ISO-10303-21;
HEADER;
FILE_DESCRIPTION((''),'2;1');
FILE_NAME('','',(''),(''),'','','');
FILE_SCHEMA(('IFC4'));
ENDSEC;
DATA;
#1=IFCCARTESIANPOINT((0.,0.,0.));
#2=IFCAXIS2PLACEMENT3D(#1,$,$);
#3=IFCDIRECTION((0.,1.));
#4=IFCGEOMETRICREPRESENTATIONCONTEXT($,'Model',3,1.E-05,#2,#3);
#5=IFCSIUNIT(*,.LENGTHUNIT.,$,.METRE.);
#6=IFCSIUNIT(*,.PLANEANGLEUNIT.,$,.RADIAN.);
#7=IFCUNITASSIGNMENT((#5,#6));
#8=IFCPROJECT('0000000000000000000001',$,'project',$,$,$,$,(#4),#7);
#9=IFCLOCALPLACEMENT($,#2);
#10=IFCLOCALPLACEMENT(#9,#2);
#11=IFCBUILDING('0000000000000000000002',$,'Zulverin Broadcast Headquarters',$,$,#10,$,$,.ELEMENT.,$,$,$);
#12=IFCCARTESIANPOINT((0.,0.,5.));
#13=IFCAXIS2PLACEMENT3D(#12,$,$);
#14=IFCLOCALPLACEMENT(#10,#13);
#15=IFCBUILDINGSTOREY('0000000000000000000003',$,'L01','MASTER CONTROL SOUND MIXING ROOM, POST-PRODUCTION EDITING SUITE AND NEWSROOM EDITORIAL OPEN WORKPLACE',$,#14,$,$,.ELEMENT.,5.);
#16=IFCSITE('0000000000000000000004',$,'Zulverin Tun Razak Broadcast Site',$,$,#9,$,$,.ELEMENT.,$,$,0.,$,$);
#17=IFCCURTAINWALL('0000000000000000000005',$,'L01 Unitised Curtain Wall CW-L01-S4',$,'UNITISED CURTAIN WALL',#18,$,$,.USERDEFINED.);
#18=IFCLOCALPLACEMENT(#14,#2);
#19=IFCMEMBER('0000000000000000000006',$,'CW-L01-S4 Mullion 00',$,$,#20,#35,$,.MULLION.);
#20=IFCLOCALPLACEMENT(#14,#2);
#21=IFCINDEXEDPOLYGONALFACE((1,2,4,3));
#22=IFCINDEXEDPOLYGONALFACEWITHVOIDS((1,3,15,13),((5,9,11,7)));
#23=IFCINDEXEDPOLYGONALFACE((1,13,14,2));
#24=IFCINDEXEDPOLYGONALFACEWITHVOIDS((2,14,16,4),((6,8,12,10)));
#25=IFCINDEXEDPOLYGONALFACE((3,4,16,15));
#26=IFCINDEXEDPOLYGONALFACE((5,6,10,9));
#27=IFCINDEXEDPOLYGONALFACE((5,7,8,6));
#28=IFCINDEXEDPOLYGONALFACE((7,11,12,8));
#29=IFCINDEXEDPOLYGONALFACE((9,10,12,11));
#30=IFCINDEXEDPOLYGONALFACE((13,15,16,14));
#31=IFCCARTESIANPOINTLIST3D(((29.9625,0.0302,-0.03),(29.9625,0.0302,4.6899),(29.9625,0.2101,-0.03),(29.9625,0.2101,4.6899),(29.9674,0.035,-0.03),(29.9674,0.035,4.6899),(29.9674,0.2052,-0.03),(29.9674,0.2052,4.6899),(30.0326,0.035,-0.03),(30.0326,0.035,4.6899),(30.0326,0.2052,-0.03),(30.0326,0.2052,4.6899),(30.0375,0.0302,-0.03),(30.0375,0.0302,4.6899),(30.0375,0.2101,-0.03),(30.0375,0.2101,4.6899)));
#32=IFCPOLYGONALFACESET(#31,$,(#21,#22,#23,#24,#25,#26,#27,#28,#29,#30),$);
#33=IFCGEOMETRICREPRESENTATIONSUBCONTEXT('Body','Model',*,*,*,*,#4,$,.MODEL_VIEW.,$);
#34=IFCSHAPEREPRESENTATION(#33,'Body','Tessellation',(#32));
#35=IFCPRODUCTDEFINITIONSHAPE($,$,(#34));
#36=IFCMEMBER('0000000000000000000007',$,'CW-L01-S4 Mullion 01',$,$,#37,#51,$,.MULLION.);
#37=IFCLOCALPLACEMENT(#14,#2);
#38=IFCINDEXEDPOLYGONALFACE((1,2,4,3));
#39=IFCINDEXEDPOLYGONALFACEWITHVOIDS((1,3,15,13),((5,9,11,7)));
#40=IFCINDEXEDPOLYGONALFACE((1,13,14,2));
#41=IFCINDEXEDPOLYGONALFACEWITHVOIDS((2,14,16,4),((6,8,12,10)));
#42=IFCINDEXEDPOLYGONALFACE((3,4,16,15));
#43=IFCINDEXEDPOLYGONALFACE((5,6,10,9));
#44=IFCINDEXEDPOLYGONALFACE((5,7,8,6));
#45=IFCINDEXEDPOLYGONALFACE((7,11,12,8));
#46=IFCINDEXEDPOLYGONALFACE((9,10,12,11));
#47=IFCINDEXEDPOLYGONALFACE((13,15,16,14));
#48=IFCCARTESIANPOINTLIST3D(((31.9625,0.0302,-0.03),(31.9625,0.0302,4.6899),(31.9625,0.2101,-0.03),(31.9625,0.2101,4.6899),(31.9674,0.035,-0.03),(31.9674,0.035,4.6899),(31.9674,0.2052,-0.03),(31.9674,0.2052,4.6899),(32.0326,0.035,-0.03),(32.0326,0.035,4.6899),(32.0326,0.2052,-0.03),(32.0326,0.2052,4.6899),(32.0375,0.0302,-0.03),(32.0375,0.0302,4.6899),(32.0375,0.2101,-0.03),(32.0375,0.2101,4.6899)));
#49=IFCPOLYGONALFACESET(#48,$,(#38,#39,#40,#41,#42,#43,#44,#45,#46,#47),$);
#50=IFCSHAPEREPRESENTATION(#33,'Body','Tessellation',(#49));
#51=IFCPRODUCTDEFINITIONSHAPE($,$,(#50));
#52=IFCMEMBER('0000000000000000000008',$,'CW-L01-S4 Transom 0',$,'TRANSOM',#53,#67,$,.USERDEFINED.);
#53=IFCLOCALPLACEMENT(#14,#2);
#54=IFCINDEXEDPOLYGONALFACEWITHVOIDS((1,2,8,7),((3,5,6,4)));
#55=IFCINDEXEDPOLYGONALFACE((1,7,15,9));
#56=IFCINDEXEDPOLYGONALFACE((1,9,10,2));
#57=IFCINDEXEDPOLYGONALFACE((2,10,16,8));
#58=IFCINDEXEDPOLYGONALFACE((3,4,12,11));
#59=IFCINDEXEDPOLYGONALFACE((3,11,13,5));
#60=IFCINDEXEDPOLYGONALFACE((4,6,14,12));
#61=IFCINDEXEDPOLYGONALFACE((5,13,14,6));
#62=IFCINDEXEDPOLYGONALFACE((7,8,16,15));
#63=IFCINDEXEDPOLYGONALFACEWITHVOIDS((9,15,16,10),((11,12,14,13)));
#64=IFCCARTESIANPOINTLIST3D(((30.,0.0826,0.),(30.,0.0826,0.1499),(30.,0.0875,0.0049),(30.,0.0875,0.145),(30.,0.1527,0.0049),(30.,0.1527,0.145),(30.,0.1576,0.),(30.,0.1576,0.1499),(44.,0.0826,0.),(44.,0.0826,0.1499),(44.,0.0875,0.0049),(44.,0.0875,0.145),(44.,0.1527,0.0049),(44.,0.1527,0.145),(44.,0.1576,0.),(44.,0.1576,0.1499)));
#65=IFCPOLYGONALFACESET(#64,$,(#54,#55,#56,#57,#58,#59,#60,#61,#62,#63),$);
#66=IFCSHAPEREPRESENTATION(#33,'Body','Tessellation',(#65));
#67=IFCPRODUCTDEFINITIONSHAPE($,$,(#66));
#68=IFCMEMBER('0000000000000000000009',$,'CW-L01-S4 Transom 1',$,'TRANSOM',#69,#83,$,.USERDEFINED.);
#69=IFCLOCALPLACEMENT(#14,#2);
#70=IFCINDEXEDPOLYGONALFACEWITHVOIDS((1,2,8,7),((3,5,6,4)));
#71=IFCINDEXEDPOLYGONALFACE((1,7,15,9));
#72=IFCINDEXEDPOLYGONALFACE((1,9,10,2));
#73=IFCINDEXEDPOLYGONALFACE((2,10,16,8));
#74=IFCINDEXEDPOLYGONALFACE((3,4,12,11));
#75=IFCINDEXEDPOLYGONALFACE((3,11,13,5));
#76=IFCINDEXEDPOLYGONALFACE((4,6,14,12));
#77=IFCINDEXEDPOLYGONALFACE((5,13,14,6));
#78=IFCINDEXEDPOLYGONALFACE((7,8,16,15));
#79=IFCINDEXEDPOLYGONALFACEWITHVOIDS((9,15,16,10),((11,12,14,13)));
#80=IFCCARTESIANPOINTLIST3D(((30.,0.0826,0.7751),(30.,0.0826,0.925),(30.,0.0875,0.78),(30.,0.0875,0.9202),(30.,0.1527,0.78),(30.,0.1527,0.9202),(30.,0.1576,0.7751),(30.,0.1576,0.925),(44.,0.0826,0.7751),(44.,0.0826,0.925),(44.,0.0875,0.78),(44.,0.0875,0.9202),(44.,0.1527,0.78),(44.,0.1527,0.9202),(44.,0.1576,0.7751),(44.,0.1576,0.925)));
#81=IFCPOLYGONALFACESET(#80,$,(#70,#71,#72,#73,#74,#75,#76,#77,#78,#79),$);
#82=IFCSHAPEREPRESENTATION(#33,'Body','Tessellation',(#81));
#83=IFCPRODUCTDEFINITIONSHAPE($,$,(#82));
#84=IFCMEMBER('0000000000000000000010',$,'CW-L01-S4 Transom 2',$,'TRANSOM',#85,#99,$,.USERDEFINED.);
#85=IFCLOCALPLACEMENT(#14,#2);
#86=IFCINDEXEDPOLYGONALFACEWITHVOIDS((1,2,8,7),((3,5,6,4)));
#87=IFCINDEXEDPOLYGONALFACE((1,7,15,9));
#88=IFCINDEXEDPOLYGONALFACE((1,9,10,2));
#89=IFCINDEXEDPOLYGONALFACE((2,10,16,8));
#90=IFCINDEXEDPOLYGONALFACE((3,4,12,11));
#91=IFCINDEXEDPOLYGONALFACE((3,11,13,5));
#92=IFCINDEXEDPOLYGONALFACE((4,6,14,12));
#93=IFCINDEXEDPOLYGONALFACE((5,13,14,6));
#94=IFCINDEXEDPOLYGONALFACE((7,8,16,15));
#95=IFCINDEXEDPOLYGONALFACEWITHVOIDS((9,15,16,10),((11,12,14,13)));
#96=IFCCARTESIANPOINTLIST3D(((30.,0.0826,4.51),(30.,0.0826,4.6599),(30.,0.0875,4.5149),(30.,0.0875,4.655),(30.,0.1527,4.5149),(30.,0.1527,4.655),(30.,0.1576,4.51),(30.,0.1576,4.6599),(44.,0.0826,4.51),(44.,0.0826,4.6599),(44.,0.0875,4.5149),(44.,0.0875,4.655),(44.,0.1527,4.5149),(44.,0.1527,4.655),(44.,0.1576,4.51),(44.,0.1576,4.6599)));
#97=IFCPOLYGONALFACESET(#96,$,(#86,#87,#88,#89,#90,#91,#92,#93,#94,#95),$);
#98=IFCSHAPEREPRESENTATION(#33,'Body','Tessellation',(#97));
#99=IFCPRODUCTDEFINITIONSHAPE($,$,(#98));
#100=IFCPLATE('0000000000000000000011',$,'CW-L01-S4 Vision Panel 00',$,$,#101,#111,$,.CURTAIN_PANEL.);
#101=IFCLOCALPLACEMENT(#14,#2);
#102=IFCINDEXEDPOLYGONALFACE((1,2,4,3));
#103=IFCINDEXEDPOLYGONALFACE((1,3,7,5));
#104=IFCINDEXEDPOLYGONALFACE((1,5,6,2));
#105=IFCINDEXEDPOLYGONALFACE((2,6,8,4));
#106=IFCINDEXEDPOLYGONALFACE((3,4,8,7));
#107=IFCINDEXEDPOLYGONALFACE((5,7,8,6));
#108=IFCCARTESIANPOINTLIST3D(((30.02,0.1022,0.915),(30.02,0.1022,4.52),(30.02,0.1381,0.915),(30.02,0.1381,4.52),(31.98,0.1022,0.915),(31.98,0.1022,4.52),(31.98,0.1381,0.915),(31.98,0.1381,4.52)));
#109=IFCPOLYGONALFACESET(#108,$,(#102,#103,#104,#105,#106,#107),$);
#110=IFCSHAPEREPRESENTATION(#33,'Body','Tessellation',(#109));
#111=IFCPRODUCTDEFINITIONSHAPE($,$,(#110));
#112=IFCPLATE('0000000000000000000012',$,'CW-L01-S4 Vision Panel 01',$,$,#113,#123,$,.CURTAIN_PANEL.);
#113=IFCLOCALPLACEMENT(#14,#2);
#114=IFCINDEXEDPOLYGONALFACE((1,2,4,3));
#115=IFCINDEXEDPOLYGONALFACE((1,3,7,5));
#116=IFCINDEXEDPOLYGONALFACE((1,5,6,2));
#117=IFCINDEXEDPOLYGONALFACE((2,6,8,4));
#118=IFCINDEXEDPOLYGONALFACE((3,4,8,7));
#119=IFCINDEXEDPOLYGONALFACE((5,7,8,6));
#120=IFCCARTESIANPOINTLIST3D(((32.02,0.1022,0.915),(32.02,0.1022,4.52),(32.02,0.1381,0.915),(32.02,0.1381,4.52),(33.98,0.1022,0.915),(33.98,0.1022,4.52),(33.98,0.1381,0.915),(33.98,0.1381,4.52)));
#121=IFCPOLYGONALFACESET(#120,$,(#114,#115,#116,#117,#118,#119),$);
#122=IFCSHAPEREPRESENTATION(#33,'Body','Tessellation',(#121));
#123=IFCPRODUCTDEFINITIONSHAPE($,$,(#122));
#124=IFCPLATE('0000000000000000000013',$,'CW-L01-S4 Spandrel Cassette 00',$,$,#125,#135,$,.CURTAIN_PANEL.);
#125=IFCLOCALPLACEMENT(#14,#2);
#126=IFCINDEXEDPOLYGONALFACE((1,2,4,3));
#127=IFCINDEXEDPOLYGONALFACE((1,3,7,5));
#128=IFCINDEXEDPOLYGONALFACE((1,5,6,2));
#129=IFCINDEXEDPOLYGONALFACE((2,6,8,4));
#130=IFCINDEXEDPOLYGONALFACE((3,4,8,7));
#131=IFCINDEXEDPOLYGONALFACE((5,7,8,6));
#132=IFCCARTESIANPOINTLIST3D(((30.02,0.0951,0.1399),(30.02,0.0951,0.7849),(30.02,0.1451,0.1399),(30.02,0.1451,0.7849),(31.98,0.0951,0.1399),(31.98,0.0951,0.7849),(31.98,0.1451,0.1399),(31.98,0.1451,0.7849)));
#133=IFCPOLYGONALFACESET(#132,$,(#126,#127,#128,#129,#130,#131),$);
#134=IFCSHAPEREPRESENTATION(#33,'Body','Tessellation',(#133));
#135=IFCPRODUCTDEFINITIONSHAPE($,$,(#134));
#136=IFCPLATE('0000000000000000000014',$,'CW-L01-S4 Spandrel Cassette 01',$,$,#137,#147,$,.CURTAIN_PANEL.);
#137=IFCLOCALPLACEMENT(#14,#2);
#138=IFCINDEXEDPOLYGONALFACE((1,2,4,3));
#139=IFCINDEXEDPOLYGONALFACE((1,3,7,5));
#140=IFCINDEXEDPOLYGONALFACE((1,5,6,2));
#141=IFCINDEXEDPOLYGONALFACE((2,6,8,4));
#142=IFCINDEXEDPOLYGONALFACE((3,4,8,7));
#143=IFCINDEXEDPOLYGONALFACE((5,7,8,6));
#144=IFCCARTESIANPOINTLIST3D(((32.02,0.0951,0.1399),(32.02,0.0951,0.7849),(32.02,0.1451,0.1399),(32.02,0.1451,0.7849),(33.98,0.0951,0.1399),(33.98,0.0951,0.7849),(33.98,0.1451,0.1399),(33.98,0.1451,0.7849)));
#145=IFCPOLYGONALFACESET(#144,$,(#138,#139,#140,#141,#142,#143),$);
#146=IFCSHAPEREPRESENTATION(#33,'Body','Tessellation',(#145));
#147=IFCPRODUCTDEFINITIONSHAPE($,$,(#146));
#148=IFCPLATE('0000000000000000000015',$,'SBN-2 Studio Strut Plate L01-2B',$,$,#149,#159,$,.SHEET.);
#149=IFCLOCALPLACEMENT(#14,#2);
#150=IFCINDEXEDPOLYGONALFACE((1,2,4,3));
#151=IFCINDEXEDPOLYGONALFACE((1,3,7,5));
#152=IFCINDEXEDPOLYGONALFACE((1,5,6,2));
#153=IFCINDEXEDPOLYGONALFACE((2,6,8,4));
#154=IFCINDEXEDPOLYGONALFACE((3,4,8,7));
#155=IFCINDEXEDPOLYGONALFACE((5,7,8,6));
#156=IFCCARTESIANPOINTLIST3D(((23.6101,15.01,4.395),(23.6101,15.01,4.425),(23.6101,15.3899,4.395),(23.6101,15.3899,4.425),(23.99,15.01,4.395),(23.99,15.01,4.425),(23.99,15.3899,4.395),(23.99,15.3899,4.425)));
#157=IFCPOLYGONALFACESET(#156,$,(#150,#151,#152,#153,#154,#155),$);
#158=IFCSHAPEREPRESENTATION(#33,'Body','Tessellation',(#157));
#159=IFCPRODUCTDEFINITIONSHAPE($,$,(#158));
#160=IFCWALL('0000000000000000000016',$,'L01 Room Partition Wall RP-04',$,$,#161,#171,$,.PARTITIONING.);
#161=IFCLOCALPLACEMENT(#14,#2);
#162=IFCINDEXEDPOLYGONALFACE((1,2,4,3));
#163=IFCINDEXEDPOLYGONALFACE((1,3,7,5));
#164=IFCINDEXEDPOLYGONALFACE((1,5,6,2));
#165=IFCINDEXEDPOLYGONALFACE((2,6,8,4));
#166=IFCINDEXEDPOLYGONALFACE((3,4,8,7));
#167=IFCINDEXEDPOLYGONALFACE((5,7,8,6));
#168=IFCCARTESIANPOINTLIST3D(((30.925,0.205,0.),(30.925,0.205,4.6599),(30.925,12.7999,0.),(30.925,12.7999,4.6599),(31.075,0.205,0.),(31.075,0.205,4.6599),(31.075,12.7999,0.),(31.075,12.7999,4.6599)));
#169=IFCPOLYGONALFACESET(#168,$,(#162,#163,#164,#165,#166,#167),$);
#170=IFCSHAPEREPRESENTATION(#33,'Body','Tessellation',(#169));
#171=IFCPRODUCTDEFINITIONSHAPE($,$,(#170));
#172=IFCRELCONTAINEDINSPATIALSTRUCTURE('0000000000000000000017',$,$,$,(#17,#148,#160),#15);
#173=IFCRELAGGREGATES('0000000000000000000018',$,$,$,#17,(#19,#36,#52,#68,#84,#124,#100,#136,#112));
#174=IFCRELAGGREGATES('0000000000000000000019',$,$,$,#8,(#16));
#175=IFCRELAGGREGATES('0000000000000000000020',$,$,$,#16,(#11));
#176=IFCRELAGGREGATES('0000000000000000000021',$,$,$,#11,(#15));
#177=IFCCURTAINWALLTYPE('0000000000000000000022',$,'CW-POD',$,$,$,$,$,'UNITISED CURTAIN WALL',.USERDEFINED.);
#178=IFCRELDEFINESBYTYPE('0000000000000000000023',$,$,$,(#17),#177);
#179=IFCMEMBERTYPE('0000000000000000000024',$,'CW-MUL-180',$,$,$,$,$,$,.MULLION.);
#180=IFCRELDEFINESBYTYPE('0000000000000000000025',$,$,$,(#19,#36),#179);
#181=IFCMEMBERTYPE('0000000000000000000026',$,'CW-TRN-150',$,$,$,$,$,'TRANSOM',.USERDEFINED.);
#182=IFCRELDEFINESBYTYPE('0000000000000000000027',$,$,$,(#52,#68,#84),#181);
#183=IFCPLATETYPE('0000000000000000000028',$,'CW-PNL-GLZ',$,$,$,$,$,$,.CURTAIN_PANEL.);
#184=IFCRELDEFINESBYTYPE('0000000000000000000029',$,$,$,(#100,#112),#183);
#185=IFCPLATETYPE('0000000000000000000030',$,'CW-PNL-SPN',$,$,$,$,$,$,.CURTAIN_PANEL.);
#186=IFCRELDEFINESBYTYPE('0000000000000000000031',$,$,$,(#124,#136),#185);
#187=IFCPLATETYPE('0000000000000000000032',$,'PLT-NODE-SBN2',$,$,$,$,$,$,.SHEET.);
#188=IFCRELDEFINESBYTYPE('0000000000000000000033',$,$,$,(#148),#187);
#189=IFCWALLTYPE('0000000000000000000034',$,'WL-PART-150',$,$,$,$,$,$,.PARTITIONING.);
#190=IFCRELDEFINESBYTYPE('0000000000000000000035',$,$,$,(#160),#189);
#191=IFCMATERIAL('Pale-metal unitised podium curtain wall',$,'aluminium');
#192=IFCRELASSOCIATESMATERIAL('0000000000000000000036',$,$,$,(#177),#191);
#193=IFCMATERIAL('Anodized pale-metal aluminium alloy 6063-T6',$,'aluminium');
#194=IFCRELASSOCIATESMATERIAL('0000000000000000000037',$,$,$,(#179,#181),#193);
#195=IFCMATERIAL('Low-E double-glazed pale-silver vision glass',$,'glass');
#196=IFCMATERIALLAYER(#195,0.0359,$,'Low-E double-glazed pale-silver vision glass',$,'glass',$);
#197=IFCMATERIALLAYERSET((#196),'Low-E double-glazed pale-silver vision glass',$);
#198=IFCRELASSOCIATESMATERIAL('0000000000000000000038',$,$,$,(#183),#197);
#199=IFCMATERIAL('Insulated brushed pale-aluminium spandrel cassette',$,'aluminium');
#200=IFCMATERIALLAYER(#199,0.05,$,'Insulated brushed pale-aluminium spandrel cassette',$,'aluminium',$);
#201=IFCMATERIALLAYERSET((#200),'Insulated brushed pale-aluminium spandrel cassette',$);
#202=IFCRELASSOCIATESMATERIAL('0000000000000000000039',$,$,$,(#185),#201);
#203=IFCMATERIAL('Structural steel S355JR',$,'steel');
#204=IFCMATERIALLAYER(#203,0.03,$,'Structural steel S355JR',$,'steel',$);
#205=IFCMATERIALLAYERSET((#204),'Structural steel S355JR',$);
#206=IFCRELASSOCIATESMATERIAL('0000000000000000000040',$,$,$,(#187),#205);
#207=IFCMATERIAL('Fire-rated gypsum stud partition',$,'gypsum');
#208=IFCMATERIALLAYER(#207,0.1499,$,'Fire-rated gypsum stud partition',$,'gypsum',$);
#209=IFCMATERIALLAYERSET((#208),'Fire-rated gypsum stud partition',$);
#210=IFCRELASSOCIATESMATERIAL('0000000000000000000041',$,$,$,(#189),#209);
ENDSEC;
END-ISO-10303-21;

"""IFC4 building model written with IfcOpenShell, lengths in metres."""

from ifc_helpers import new_model, si_unit, direction, frame, frame_2d, origin, origin_2d, place, context, subcontext, project, spatial, rectangle, hollow_rectangle, extrude, material, layer, layer_set, material_profile, profile_set, type_object, element, aggregate, save


model = new_model("IFC4")

# Units and contexts
model_context = context("Model", 3, precision=1e-05, world=origin(), true_north=direction((0.0, 1.0)))
body_context = subcontext(model_context, "Body", "Model", "MODEL_VIEW")
ifc_project = project(units=[si_unit("LENGTHUNIT", "METRE"), si_unit("PLANEANGLEUNIT", "RADIAN")], contexts=[model_context])

# Site, building, storey
site_placement = place(None, origin())
site = spatial("IfcSite", under=ifc_project, at=site_placement, Name="Zulverin Tun Razak Broadcast Site", CompositionType="ELEMENT", RefElevation=0.0)
building_placement = place(site_placement, origin())
building = spatial("IfcBuilding", under=site, at=building_placement, Name="Zulverin Broadcast Headquarters", CompositionType="ELEMENT")
storey_placement = place(building_placement, frame((0.0, 0.0, 5.0)))
storey = spatial("IfcBuildingStorey", under=building, at=storey_placement, Name="L01", Description="MASTER CONTROL SOUND MIXING ROOM, POST-PRODUCTION EDITING SUITE AND NEWSROOM EDITORIAL OPEN WORKPLACE", CompositionType="ELEMENT", Elevation=5.0)

# Shared definitions
ifc_material_1 = material(Name="Structural steel S355JR", Category="steel")

# Curtain wall, members, plates
ifc_material_2 = material(Name="Pale-metal unitised podium curtain wall", Category="aluminium")
curtain_wall_type = type_object("IfcCurtainWallType", Name="CW-POD", ElementType="UNITISED CURTAIN WALL", PredefinedType="USERDEFINED", material=ifc_material_2)
curtain_wall_placement = place(storey_placement, origin())
curtain_wall = element("IfcCurtainWall", 1, at=curtain_wall_placement, inside=storey, type_object=curtain_wall_type, Name="L01 Unitised Curtain Wall CW-L01-S4", ObjectType="UNITISED CURTAIN WALL", PredefinedType="USERDEFINED")
ifc_material_3 = material(Name="Anodized pale-metal aluminium alloy 6063-T6", Category="aluminium")
ifc_material_profile_1 = material_profile(ifc_material_3, hollow_rectangle(XDim=0.075, YDim=0.1799, WallThickness=0.0049, at=origin_2d()), Name="Anodized pale-metal aluminium alloy 6063-T6", Category="aluminium")
ifc_profile_set_1 = profile_set([ifc_material_profile_1], Name="Anodized pale-metal aluminium alloy 6063-T6")
member_type_1 = type_object("IfcMemberType", Name="CW-MUL-180", PredefinedType="MULLION", material=ifc_profile_set_1)
member_1_placement = place(storey_placement, frame((30.0, 0.1201, -0.03), z_axis=(0.0, 0.0, 1.0), x_axis=(1.0, 0.0, 0.0)))
member_1 = element("IfcMember", 2, at=member_1_placement, type_object=member_type_1, Name="CW-L01-S4 Mullion 00", PredefinedType="MULLION", context=body_context, shape_type="SweptSolid", body=[
    extrude(hollow_rectangle(XDim=0.075, YDim=0.1799, WallThickness=0.0049, at=origin_2d()), origin(), (0.0, 0.0, 1.0), 4.72),
])
member_2_placement = place(storey_placement, frame((32.0, 0.1201, -0.03), z_axis=(0.0, 0.0, 1.0), x_axis=(1.0, 0.0, 0.0)))
member_2 = element("IfcMember", 3, at=member_2_placement, type_object=member_type_1, Name="CW-L01-S4 Mullion 01", PredefinedType="MULLION", context=body_context, shape_type="SweptSolid", body=[
    extrude(hollow_rectangle(XDim=0.075, YDim=0.1799, WallThickness=0.0049, at=origin_2d()), origin(), (0.0, 0.0, 1.0), 4.72),
])
ifc_material_profile_2 = material_profile(ifc_material_3, hollow_rectangle(XDim=0.075, YDim=0.1499, WallThickness=0.0049, at=origin_2d()), Name="Anodized pale-metal aluminium alloy 6063-T6", Category="aluminium")
ifc_profile_set_2 = profile_set([ifc_material_profile_2], Name="Anodized pale-metal aluminium alloy 6063-T6")
member_type_2 = type_object("IfcMemberType", Name="CW-TRN-150", ElementType="TRANSOM", PredefinedType="USERDEFINED", material=ifc_profile_set_2)
member_3_placement = place(storey_placement, frame((30.0, 0.1201, 0.075), z_axis=(1.0, 0.0, 0.0), x_axis=(0.0, 1.0, 0.0)))
member_3 = element("IfcMember", 4, at=member_3_placement, type_object=member_type_2, Name="CW-L01-S4 Transom 0", ObjectType="TRANSOM", PredefinedType="USERDEFINED", context=body_context, shape_type="SweptSolid", body=[
    extrude(hollow_rectangle(XDim=0.075, YDim=0.1499, WallThickness=0.0049, at=origin_2d()), origin(), (0.0, 0.0, 1.0), 14.0),
])
member_4_placement = place(storey_placement, frame((30.0, 0.1201, 0.8501), z_axis=(1.0, 0.0, 0.0), x_axis=(0.0, 1.0, 0.0)))
member_4 = element("IfcMember", 5, at=member_4_placement, type_object=member_type_2, Name="CW-L01-S4 Transom 1", ObjectType="TRANSOM", PredefinedType="USERDEFINED", context=body_context, shape_type="SweptSolid", body=[
    extrude(hollow_rectangle(XDim=0.075, YDim=0.1499, WallThickness=0.0049, at=origin_2d()), origin(), (0.0, 0.0, 1.0), 14.0),
])
member_5_placement = place(storey_placement, frame((30.0, 0.1201, 4.585), z_axis=(1.0, 0.0, 0.0), x_axis=(0.0, 1.0, 0.0)))
member_5 = element("IfcMember", 6, at=member_5_placement, type_object=member_type_2, Name="CW-L01-S4 Transom 2", ObjectType="TRANSOM", PredefinedType="USERDEFINED", context=body_context, shape_type="SweptSolid", body=[
    extrude(hollow_rectangle(XDim=0.075, YDim=0.1499, WallThickness=0.0049, at=origin_2d()), origin(), (0.0, 0.0, 1.0), 14.0),
])
ifc_material_4 = material(Name="Low-E double-glazed pale-silver vision glass", Category="glass")
ifc_layer_1 = layer(ifc_material_4, 0.0359, Name="Low-E double-glazed pale-silver vision glass", Category="glass")
ifc_layer_set_1 = layer_set([ifc_layer_1], Name="Low-E double-glazed pale-silver vision glass")
plate_type_1 = type_object("IfcPlateType", Name="CW-PNL-GLZ", PredefinedType="CURTAIN_PANEL", material=ifc_layer_set_1)
plate_1_placement = place(storey_placement, frame((31.0, 0.1201, 0.915), z_axis=(0.0, 0.0, 1.0), x_axis=(1.0, 0.0, 0.0)))
plate_1 = element("IfcPlate", 7, at=plate_1_placement, type_object=plate_type_1, Name="CW-L01-S4 Vision Panel 00", PredefinedType="CURTAIN_PANEL", context=body_context, shape_type="SweptSolid", body=[
    extrude(rectangle(XDim=1.96, YDim=0.0359, at=origin_2d()), origin(), (0.0, 0.0, 1.0), 3.605),
])
plate_2_placement = place(storey_placement, frame((33.0, 0.1201, 0.915), z_axis=(0.0, 0.0, 1.0), x_axis=(1.0, 0.0, 0.0)))
plate_2 = element("IfcPlate", 8, at=plate_2_placement, type_object=plate_type_1, Name="CW-L01-S4 Vision Panel 01", PredefinedType="CURTAIN_PANEL", context=body_context, shape_type="SweptSolid", body=[
    extrude(rectangle(XDim=1.96, YDim=0.0359, at=origin_2d()), origin(), (0.0, 0.0, 1.0), 3.605),
])
ifc_material_5 = material(Name="Insulated brushed pale-aluminium spandrel cassette", Category="aluminium")
ifc_layer_2 = layer(ifc_material_5, 0.05, Name="Insulated brushed pale-aluminium spandrel cassette", Category="aluminium")
ifc_layer_set_2 = layer_set([ifc_layer_2], Name="Insulated brushed pale-aluminium spandrel cassette")
plate_type_2 = type_object("IfcPlateType", Name="CW-PNL-SPN", PredefinedType="CURTAIN_PANEL", material=ifc_layer_set_2)
plate_3_placement = place(storey_placement, frame((31.0, 0.1201, 0.1399), z_axis=(0.0, 0.0, 1.0), x_axis=(1.0, 0.0, 0.0)))
plate_3 = element("IfcPlate", 9, at=plate_3_placement, type_object=plate_type_2, Name="CW-L01-S4 Spandrel Cassette 00", PredefinedType="CURTAIN_PANEL", context=body_context, shape_type="SweptSolid", body=[
    extrude(rectangle(XDim=1.96, YDim=0.05, at=origin_2d()), origin(), (0.0, 0.0, 1.0), 0.645),
])
plate_4_placement = place(storey_placement, frame((33.0, 0.1201, 0.1399), z_axis=(0.0, 0.0, 1.0), x_axis=(1.0, 0.0, 0.0)))
plate_4 = element("IfcPlate", 10, at=plate_4_placement, type_object=plate_type_2, Name="CW-L01-S4 Spandrel Cassette 01", PredefinedType="CURTAIN_PANEL", context=body_context, shape_type="SweptSolid", body=[
    extrude(rectangle(XDim=1.96, YDim=0.05, at=origin_2d()), origin(), (0.0, 0.0, 1.0), 0.645),
])
aggregate(curtain_wall, [member_1, member_2, member_3, member_4, member_5, plate_3, plate_1, plate_4, plate_2])

# Plate
ifc_layer_3 = layer(ifc_material_1, 0.03, Name="Structural steel S355JR", Category="steel")
ifc_layer_set_3 = layer_set([ifc_layer_3], Name="Structural steel S355JR")
plate_type_3 = type_object("IfcPlateType", Name="PLT-NODE-SBN2", PredefinedType="SHEET", material=ifc_layer_set_3)
plate_5_placement = place(storey_placement, frame((23.8, 15.2, 4.395), z_axis=(0.0, 0.0, 1.0), x_axis=(1.0, 0.0, 0.0)))
element("IfcPlate", 11, at=plate_5_placement, inside=storey, type_object=plate_type_3, Name="SBN-2 Studio Strut Plate L01-2B", PredefinedType="SHEET", context=body_context, shape_type="SweptSolid", body=[
    extrude(rectangle(XDim=0.3799, YDim=0.3799, at=origin_2d()), origin(), (0.0, 0.0, 1.0), 0.03),
])

# Wall
ifc_material_6 = material(Name="Fire-rated gypsum stud partition", Category="gypsum")
ifc_layer_4 = layer(ifc_material_6, 0.1499, Name="Fire-rated gypsum stud partition", Category="gypsum")
ifc_layer_set_4 = layer_set([ifc_layer_4], Name="Fire-rated gypsum stud partition")
wall_type = type_object("IfcWallType", Name="WL-PART-150", PredefinedType="PARTITIONING", material=ifc_layer_set_4)
wall_placement = place(storey_placement, frame((31.0, 0.2051, 0.0), z_axis=(0.0, 0.0, 1.0), x_axis=(0.0, 1.0, 0.0)))
element("IfcWall", 12, at=wall_placement, inside=storey, type_object=wall_type, Name="L01 Room Partition Wall RP-04", PredefinedType="PARTITIONING", context=body_context, shape_type="SweptSolid", body=[
    extrude(rectangle(XDim=12.595, YDim=0.1499, at=frame_2d((6.2974, 0.0))), origin(), (0.0, 0.0, 1.0), 4.6599),
])

save(model, "model.ifc")
